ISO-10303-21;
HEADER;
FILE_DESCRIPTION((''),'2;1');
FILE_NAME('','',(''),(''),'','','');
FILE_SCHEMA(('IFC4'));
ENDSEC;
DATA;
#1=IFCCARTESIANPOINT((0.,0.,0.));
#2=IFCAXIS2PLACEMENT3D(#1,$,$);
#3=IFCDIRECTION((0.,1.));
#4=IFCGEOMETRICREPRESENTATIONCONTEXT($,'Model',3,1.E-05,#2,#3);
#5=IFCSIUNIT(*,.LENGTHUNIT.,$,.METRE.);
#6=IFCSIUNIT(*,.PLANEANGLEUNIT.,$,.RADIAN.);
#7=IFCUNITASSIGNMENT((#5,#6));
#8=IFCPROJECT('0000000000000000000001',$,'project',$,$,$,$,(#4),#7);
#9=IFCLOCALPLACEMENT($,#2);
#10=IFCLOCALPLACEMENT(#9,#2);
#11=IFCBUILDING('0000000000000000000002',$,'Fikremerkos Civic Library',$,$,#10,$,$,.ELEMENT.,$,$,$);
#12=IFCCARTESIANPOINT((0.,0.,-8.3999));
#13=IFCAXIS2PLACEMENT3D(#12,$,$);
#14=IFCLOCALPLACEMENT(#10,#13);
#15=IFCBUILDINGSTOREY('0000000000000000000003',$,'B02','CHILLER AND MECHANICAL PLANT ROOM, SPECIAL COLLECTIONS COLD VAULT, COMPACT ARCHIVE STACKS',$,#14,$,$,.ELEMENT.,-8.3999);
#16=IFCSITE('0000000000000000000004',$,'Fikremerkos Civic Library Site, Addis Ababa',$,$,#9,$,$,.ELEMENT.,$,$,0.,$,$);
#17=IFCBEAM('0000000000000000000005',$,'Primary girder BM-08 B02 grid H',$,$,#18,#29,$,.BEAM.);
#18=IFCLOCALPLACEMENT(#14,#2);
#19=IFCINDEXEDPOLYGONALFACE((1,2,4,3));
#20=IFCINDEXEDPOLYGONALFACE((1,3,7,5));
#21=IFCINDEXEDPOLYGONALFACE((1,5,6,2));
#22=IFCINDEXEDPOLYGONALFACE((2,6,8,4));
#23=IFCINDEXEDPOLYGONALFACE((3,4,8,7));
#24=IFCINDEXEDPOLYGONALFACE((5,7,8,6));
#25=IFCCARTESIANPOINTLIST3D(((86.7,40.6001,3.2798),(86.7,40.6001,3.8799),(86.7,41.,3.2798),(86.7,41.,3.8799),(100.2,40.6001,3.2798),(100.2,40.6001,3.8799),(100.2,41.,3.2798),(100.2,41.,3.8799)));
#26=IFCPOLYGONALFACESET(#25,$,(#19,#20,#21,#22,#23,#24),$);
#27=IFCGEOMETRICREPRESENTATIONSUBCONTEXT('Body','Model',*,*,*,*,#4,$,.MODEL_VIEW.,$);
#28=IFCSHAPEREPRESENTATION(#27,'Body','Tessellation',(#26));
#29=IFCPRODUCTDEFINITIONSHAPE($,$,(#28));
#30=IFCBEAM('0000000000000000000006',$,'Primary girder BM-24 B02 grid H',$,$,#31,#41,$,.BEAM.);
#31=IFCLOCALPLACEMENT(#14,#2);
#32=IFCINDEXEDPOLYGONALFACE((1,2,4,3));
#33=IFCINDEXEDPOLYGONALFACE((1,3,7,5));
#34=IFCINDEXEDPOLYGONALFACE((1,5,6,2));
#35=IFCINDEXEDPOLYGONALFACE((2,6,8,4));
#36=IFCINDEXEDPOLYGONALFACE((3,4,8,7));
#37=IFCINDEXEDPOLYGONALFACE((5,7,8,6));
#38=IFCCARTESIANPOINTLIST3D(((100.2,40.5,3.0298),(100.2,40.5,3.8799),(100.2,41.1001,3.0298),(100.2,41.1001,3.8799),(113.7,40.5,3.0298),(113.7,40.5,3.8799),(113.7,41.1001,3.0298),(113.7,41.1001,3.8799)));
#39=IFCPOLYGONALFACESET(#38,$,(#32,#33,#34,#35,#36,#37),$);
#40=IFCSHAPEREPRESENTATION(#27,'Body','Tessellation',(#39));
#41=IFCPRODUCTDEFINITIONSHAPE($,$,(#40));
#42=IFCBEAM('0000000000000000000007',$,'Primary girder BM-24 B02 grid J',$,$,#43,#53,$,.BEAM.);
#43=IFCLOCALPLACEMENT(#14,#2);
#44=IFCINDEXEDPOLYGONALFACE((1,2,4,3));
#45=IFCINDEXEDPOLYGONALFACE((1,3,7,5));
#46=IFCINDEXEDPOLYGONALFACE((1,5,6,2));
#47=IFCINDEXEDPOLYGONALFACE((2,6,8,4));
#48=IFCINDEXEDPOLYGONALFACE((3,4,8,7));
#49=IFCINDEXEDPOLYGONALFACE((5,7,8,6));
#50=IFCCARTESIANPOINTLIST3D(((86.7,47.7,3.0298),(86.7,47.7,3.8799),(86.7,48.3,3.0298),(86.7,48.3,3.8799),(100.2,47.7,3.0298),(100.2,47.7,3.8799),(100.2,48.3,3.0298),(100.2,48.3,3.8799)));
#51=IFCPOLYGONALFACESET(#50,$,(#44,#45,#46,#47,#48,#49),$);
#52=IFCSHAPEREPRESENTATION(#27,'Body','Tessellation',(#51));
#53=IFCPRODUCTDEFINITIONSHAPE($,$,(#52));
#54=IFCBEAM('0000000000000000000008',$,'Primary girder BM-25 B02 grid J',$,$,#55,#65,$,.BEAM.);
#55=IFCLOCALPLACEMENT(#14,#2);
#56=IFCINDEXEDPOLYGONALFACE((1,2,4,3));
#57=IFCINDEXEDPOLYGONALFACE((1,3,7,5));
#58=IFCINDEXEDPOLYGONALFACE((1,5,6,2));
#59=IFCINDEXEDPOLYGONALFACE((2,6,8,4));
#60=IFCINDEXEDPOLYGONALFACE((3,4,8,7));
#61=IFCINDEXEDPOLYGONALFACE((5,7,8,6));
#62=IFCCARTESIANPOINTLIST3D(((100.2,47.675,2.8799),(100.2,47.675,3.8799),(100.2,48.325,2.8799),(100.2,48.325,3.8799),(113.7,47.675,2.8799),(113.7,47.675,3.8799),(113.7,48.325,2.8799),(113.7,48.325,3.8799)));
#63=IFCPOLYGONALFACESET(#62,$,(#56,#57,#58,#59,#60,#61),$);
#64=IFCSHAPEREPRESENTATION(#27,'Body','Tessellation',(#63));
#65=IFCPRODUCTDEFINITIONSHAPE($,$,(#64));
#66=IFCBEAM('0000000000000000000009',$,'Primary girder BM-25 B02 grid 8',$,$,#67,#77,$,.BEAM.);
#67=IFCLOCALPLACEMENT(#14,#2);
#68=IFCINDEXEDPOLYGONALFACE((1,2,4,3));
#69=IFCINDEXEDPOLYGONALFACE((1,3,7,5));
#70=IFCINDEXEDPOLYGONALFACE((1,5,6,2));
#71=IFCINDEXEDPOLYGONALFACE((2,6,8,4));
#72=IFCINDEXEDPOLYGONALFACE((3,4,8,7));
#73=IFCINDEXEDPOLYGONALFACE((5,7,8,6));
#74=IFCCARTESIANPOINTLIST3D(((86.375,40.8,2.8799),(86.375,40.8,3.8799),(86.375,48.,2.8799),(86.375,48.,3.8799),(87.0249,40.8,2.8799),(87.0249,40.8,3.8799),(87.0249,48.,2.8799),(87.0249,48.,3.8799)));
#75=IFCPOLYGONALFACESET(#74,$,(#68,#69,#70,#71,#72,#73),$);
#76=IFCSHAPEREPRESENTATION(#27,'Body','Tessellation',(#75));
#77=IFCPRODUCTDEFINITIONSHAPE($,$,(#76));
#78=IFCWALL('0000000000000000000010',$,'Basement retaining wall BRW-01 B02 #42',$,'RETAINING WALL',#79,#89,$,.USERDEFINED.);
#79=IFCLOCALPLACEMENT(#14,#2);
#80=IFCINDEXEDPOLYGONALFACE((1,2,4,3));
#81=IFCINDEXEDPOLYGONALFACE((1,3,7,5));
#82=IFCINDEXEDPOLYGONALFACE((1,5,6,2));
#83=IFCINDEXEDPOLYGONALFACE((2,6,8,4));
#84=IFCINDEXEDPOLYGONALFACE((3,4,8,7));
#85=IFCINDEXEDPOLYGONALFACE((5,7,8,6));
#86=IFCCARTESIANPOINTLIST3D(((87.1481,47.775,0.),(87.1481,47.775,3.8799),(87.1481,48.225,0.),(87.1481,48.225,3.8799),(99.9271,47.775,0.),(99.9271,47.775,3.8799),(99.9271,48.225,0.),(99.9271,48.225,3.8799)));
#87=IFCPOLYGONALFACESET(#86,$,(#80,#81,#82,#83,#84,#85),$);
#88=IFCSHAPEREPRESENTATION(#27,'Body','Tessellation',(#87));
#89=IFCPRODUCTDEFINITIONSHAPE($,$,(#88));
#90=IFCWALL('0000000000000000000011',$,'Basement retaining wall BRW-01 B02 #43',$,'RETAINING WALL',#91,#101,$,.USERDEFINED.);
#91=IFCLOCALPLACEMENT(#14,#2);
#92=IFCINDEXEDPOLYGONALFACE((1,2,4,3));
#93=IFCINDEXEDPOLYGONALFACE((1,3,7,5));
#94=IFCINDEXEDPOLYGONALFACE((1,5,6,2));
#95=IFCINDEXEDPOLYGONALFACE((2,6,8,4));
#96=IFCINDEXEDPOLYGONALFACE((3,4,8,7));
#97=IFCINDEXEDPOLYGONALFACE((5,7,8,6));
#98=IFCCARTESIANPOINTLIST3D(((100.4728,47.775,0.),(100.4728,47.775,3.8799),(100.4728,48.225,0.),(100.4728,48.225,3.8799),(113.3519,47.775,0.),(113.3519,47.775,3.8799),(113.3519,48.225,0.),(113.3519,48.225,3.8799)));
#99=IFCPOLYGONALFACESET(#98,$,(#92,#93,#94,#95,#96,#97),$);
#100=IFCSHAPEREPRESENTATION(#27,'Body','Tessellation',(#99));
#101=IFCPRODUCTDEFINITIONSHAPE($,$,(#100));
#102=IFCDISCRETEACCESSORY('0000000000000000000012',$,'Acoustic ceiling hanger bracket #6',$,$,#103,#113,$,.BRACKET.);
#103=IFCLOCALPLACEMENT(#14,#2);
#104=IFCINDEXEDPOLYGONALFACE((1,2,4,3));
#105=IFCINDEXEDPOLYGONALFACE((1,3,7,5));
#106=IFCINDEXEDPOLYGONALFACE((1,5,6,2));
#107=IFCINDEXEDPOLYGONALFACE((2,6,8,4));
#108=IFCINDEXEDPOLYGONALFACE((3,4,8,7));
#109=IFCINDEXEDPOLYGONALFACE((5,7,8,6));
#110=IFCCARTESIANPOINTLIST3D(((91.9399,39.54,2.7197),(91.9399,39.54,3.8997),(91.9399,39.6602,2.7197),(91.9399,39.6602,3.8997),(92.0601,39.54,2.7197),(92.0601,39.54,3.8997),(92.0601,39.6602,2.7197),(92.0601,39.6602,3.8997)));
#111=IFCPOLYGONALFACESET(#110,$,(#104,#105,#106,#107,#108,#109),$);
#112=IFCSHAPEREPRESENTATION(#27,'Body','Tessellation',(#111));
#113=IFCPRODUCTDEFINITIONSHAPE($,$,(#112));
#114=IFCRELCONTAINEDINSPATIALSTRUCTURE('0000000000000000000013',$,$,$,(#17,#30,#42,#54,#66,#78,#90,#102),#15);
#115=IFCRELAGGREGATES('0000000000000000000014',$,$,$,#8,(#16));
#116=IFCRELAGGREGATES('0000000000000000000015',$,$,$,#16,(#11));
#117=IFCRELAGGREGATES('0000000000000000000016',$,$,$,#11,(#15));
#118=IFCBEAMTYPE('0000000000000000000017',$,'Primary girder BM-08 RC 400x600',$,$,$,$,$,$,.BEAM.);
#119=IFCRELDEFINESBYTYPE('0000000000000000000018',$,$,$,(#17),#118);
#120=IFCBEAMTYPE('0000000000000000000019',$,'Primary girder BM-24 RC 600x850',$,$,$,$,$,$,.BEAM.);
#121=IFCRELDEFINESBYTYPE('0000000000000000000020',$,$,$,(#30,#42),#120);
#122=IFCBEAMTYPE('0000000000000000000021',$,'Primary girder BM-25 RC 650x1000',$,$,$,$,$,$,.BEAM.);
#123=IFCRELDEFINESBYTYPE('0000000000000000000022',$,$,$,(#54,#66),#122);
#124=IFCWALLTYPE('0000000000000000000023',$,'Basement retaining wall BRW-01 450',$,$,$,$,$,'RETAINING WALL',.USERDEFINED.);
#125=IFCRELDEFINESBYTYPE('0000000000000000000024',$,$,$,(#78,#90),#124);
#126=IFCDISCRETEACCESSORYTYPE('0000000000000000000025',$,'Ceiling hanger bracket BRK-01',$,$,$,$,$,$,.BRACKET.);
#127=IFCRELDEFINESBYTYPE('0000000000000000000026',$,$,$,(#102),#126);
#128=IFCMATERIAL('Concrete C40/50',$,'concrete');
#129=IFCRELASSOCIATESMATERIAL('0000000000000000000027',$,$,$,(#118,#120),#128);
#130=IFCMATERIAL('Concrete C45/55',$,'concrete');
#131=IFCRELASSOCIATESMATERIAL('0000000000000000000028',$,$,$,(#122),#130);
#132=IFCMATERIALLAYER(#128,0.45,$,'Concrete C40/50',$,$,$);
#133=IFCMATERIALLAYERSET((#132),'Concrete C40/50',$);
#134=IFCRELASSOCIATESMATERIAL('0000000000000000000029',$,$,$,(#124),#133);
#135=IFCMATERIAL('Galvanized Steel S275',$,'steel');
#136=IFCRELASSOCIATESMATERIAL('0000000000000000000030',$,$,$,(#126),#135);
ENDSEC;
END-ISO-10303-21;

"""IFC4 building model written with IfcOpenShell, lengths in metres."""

from ifc_helpers import new_model, si_unit, direction, frame, frame_2d, origin, origin_2d, place, context, subcontext, project, spatial, rectangle, extrude, material, layer, layer_set, material_profile, profile_set, type_object, element, save


model = new_model("IFC4")

# Units and contexts
model_context = context("Model", 3, precision=1e-05, world=origin(), true_north=direction((0.0, 1.0)))
body_context = subcontext(model_context, "Body", "Model", "MODEL_VIEW")
ifc_project = project(units=[si_unit("LENGTHUNIT", "METRE"), si_unit("PLANEANGLEUNIT", "RADIAN")], contexts=[model_context])

# Site, building, storey
site_placement = place(None, origin())
site = spatial("IfcSite", under=ifc_project, at=site_placement, Name="Fikremerkos Civic Library Site, Addis Ababa", CompositionType="ELEMENT", RefElevation=0.0)
building_placement = place(site_placement, origin())
building = spatial("IfcBuilding", under=site, at=building_placement, Name="Fikremerkos Civic Library", CompositionType="ELEMENT")
storey_placement = place(building_placement, frame((0.0, 0.0, -8.3999)))
storey = spatial("IfcBuildingStorey", under=building, at=storey_placement, Name="B02", Description="CHILLER AND MECHANICAL PLANT ROOM, SPECIAL COLLECTIONS COLD VAULT, COMPACT ARCHIVE STACKS", CompositionType="ELEMENT", Elevation=-8.3999)

# Shared definitions
ifc_material_1 = material(Name="Concrete C40/50", Category="concrete")

# Shared definitions
ifc_material_2 = material(Name="Concrete C45/55", Category="concrete")

# Beams
ifc_material_profile_1 = material_profile(ifc_material_1, rectangle(XDim=0.3999, YDim=0.6001, at=origin_2d()), Name="RC 400x600")
ifc_profile_set_1 = profile_set([ifc_material_profile_1], Name="Concrete C40/50")
beam_type_1 = type_object("IfcBeamType", Name="Primary girder BM-08 RC 400x600", PredefinedType="BEAM", material=ifc_profile_set_1)
beam_1_placement = place(storey_placement, frame((86.7, 40.8, 3.5798), z_axis=(1.0, 0.0, 0.0), x_axis=(0.0, 1.0, 0.0)))
element("IfcBeam", 1, at=beam_1_placement, inside=storey, type_object=beam_type_1, Name="Primary girder BM-08 B02 grid H", PredefinedType="BEAM", context=body_context, shape_type="SweptSolid", body=[
    extrude(rectangle(XDim=0.3999, YDim=0.6001, at=origin_2d()), origin(), (0.0, 0.0, 1.0), 13.5),
])
ifc_material_profile_2 = material_profile(ifc_material_1, rectangle(XDim=0.6001, YDim=0.8501, at=origin_2d()), Name="RC 600x850")
ifc_profile_set_2 = profile_set([ifc_material_profile_2], Name="Concrete C40/50")
beam_type_2 = type_object("IfcBeamType", Name="Primary girder BM-24 RC 600x850", PredefinedType="BEAM", material=ifc_profile_set_2)
for number, where, z_axis, x_axis, name in (
    (2, (100.2, 40.8, 3.4548), (1.0, 0.0, 0.0), (0.0, 1.0, 0.0), "Primary girder BM-24 B02 grid H"),
    (3, (86.7, 48.0, 3.4548), (1.0, 0.0, 0.0), (0.0, 1.0, 0.0), "Primary girder BM-24 B02 grid J"),
):
    element("IfcBeam", number, at=place(storey_placement, frame(where, z_axis=z_axis, x_axis=x_axis)), inside=storey, type_object=beam_type_2, Name=name, PredefinedType="BEAM", context=body_context, shape_type="SweptSolid", body=[
        extrude(rectangle(XDim=0.6001, YDim=0.8501, at=origin_2d()), origin(), (0.0, 0.0, 1.0), 13.5),
    ])
ifc_material_profile_3 = material_profile(ifc_material_2, rectangle(XDim=0.6499, YDim=1.0, at=origin_2d()), Name="RC 650x1000")
ifc_profile_set_3 = profile_set([ifc_material_profile_3], Name="Concrete C45/55")
beam_type_3 = type_object("IfcBeamType", Name="Primary girder BM-25 RC 650x1000", PredefinedType="BEAM", material=ifc_profile_set_3)
beam_2_placement = place(storey_placement, frame((100.2, 48.0, 3.3799), z_axis=(1.0, 0.0, 0.0), x_axis=(0.0, 1.0, 0.0)))
element("IfcBeam", 4, at=beam_2_placement, inside=storey, type_object=beam_type_3, Name="Primary girder BM-25 B02 grid J", PredefinedType="BEAM", context=body_context, shape_type="SweptSolid", body=[
    extrude(rectangle(XDim=0.6499, YDim=1.0, at=origin_2d()), origin(), (0.0, 0.0, 1.0), 13.5),
])
beam_3_placement = place(storey_placement, frame((86.7, 40.8, 3.3799), z_axis=(0.0, 1.0, 0.0), x_axis=(-1.0, 0.0, 0.0)))
element("IfcBeam", 5, at=beam_3_placement, inside=storey, type_object=beam_type_3, Name="Primary girder BM-25 B02 grid 8", PredefinedType="BEAM", context=body_context, shape_type="SweptSolid", body=[
    extrude(rectangle(XDim=0.6499, YDim=1.0, at=origin_2d()), origin(), (0.0, 0.0, 1.0), 7.2),
])

# Walls
ifc_layer = layer(ifc_material_1, 0.45, Name="Concrete C40/50")
ifc_layer_set = layer_set([ifc_layer], Name="Concrete C40/50")
wall_type = type_object("IfcWallType", Name="Basement retaining wall BRW-01 450", ElementType="RETAINING WALL", PredefinedType="USERDEFINED", material=ifc_layer_set)
wall_1_placement = place(storey_placement, frame((87.1479, 48.0, 0.0), z_axis=(0.0, 0.0, 1.0), x_axis=(1.0, 0.0, 0.0)))
element("IfcWall", 6, at=wall_1_placement, inside=storey, type_object=wall_type, Name="Basement retaining wall BRW-01 B02 #42", ObjectType="RETAINING WALL", PredefinedType="USERDEFINED", context=body_context, shape_type="SweptSolid", body=[
    extrude(rectangle(XDim=12.7791, YDim=0.45, at=frame_2d((6.3896, 0.0))), origin(), (0.0, 0.0, 1.0), 3.8799),
])
wall_2_placement = place(storey_placement, frame((100.4729, 48.0, 0.0), z_axis=(0.0, 0.0, 1.0), x_axis=(1.0, 0.0, 0.0)))
element("IfcWall", 7, at=wall_2_placement, inside=storey, type_object=wall_type, Name="Basement retaining wall BRW-01 B02 #43", ObjectType="RETAINING WALL", PredefinedType="USERDEFINED", context=body_context, shape_type="SweptSolid", body=[
    extrude(rectangle(XDim=12.8792, YDim=0.45, at=frame_2d((6.4395, 0.0))), origin(), (0.0, 0.0, 1.0), 3.8799),
])

# Discrete accessory
ifc_material_3 = material(Name="Galvanized Steel S275", Category="steel")
discrete_accessory_type = type_object("IfcDiscreteAccessoryType", Name="Ceiling hanger bracket BRK-01", PredefinedType="BRACKET", material=ifc_material_3)
discrete_accessory_placement = place(storey_placement, frame((92.0, 39.6001, 2.7197), z_axis=(0.0, 0.0, 1.0), x_axis=(1.0, 0.0, 0.0)))
element("IfcDiscreteAccessory", 8, at=discrete_accessory_placement, inside=storey, type_object=discrete_accessory_type, Name="Acoustic ceiling hanger bracket #6", PredefinedType="BRACKET", context=body_context, shape_type="SweptSolid", body=[
    extrude(rectangle(XDim=0.1201, YDim=0.1201, at=origin_2d()), origin(), (0.0, 0.0, 1.0), 1.1799),
])

save(model, "model.ifc")
